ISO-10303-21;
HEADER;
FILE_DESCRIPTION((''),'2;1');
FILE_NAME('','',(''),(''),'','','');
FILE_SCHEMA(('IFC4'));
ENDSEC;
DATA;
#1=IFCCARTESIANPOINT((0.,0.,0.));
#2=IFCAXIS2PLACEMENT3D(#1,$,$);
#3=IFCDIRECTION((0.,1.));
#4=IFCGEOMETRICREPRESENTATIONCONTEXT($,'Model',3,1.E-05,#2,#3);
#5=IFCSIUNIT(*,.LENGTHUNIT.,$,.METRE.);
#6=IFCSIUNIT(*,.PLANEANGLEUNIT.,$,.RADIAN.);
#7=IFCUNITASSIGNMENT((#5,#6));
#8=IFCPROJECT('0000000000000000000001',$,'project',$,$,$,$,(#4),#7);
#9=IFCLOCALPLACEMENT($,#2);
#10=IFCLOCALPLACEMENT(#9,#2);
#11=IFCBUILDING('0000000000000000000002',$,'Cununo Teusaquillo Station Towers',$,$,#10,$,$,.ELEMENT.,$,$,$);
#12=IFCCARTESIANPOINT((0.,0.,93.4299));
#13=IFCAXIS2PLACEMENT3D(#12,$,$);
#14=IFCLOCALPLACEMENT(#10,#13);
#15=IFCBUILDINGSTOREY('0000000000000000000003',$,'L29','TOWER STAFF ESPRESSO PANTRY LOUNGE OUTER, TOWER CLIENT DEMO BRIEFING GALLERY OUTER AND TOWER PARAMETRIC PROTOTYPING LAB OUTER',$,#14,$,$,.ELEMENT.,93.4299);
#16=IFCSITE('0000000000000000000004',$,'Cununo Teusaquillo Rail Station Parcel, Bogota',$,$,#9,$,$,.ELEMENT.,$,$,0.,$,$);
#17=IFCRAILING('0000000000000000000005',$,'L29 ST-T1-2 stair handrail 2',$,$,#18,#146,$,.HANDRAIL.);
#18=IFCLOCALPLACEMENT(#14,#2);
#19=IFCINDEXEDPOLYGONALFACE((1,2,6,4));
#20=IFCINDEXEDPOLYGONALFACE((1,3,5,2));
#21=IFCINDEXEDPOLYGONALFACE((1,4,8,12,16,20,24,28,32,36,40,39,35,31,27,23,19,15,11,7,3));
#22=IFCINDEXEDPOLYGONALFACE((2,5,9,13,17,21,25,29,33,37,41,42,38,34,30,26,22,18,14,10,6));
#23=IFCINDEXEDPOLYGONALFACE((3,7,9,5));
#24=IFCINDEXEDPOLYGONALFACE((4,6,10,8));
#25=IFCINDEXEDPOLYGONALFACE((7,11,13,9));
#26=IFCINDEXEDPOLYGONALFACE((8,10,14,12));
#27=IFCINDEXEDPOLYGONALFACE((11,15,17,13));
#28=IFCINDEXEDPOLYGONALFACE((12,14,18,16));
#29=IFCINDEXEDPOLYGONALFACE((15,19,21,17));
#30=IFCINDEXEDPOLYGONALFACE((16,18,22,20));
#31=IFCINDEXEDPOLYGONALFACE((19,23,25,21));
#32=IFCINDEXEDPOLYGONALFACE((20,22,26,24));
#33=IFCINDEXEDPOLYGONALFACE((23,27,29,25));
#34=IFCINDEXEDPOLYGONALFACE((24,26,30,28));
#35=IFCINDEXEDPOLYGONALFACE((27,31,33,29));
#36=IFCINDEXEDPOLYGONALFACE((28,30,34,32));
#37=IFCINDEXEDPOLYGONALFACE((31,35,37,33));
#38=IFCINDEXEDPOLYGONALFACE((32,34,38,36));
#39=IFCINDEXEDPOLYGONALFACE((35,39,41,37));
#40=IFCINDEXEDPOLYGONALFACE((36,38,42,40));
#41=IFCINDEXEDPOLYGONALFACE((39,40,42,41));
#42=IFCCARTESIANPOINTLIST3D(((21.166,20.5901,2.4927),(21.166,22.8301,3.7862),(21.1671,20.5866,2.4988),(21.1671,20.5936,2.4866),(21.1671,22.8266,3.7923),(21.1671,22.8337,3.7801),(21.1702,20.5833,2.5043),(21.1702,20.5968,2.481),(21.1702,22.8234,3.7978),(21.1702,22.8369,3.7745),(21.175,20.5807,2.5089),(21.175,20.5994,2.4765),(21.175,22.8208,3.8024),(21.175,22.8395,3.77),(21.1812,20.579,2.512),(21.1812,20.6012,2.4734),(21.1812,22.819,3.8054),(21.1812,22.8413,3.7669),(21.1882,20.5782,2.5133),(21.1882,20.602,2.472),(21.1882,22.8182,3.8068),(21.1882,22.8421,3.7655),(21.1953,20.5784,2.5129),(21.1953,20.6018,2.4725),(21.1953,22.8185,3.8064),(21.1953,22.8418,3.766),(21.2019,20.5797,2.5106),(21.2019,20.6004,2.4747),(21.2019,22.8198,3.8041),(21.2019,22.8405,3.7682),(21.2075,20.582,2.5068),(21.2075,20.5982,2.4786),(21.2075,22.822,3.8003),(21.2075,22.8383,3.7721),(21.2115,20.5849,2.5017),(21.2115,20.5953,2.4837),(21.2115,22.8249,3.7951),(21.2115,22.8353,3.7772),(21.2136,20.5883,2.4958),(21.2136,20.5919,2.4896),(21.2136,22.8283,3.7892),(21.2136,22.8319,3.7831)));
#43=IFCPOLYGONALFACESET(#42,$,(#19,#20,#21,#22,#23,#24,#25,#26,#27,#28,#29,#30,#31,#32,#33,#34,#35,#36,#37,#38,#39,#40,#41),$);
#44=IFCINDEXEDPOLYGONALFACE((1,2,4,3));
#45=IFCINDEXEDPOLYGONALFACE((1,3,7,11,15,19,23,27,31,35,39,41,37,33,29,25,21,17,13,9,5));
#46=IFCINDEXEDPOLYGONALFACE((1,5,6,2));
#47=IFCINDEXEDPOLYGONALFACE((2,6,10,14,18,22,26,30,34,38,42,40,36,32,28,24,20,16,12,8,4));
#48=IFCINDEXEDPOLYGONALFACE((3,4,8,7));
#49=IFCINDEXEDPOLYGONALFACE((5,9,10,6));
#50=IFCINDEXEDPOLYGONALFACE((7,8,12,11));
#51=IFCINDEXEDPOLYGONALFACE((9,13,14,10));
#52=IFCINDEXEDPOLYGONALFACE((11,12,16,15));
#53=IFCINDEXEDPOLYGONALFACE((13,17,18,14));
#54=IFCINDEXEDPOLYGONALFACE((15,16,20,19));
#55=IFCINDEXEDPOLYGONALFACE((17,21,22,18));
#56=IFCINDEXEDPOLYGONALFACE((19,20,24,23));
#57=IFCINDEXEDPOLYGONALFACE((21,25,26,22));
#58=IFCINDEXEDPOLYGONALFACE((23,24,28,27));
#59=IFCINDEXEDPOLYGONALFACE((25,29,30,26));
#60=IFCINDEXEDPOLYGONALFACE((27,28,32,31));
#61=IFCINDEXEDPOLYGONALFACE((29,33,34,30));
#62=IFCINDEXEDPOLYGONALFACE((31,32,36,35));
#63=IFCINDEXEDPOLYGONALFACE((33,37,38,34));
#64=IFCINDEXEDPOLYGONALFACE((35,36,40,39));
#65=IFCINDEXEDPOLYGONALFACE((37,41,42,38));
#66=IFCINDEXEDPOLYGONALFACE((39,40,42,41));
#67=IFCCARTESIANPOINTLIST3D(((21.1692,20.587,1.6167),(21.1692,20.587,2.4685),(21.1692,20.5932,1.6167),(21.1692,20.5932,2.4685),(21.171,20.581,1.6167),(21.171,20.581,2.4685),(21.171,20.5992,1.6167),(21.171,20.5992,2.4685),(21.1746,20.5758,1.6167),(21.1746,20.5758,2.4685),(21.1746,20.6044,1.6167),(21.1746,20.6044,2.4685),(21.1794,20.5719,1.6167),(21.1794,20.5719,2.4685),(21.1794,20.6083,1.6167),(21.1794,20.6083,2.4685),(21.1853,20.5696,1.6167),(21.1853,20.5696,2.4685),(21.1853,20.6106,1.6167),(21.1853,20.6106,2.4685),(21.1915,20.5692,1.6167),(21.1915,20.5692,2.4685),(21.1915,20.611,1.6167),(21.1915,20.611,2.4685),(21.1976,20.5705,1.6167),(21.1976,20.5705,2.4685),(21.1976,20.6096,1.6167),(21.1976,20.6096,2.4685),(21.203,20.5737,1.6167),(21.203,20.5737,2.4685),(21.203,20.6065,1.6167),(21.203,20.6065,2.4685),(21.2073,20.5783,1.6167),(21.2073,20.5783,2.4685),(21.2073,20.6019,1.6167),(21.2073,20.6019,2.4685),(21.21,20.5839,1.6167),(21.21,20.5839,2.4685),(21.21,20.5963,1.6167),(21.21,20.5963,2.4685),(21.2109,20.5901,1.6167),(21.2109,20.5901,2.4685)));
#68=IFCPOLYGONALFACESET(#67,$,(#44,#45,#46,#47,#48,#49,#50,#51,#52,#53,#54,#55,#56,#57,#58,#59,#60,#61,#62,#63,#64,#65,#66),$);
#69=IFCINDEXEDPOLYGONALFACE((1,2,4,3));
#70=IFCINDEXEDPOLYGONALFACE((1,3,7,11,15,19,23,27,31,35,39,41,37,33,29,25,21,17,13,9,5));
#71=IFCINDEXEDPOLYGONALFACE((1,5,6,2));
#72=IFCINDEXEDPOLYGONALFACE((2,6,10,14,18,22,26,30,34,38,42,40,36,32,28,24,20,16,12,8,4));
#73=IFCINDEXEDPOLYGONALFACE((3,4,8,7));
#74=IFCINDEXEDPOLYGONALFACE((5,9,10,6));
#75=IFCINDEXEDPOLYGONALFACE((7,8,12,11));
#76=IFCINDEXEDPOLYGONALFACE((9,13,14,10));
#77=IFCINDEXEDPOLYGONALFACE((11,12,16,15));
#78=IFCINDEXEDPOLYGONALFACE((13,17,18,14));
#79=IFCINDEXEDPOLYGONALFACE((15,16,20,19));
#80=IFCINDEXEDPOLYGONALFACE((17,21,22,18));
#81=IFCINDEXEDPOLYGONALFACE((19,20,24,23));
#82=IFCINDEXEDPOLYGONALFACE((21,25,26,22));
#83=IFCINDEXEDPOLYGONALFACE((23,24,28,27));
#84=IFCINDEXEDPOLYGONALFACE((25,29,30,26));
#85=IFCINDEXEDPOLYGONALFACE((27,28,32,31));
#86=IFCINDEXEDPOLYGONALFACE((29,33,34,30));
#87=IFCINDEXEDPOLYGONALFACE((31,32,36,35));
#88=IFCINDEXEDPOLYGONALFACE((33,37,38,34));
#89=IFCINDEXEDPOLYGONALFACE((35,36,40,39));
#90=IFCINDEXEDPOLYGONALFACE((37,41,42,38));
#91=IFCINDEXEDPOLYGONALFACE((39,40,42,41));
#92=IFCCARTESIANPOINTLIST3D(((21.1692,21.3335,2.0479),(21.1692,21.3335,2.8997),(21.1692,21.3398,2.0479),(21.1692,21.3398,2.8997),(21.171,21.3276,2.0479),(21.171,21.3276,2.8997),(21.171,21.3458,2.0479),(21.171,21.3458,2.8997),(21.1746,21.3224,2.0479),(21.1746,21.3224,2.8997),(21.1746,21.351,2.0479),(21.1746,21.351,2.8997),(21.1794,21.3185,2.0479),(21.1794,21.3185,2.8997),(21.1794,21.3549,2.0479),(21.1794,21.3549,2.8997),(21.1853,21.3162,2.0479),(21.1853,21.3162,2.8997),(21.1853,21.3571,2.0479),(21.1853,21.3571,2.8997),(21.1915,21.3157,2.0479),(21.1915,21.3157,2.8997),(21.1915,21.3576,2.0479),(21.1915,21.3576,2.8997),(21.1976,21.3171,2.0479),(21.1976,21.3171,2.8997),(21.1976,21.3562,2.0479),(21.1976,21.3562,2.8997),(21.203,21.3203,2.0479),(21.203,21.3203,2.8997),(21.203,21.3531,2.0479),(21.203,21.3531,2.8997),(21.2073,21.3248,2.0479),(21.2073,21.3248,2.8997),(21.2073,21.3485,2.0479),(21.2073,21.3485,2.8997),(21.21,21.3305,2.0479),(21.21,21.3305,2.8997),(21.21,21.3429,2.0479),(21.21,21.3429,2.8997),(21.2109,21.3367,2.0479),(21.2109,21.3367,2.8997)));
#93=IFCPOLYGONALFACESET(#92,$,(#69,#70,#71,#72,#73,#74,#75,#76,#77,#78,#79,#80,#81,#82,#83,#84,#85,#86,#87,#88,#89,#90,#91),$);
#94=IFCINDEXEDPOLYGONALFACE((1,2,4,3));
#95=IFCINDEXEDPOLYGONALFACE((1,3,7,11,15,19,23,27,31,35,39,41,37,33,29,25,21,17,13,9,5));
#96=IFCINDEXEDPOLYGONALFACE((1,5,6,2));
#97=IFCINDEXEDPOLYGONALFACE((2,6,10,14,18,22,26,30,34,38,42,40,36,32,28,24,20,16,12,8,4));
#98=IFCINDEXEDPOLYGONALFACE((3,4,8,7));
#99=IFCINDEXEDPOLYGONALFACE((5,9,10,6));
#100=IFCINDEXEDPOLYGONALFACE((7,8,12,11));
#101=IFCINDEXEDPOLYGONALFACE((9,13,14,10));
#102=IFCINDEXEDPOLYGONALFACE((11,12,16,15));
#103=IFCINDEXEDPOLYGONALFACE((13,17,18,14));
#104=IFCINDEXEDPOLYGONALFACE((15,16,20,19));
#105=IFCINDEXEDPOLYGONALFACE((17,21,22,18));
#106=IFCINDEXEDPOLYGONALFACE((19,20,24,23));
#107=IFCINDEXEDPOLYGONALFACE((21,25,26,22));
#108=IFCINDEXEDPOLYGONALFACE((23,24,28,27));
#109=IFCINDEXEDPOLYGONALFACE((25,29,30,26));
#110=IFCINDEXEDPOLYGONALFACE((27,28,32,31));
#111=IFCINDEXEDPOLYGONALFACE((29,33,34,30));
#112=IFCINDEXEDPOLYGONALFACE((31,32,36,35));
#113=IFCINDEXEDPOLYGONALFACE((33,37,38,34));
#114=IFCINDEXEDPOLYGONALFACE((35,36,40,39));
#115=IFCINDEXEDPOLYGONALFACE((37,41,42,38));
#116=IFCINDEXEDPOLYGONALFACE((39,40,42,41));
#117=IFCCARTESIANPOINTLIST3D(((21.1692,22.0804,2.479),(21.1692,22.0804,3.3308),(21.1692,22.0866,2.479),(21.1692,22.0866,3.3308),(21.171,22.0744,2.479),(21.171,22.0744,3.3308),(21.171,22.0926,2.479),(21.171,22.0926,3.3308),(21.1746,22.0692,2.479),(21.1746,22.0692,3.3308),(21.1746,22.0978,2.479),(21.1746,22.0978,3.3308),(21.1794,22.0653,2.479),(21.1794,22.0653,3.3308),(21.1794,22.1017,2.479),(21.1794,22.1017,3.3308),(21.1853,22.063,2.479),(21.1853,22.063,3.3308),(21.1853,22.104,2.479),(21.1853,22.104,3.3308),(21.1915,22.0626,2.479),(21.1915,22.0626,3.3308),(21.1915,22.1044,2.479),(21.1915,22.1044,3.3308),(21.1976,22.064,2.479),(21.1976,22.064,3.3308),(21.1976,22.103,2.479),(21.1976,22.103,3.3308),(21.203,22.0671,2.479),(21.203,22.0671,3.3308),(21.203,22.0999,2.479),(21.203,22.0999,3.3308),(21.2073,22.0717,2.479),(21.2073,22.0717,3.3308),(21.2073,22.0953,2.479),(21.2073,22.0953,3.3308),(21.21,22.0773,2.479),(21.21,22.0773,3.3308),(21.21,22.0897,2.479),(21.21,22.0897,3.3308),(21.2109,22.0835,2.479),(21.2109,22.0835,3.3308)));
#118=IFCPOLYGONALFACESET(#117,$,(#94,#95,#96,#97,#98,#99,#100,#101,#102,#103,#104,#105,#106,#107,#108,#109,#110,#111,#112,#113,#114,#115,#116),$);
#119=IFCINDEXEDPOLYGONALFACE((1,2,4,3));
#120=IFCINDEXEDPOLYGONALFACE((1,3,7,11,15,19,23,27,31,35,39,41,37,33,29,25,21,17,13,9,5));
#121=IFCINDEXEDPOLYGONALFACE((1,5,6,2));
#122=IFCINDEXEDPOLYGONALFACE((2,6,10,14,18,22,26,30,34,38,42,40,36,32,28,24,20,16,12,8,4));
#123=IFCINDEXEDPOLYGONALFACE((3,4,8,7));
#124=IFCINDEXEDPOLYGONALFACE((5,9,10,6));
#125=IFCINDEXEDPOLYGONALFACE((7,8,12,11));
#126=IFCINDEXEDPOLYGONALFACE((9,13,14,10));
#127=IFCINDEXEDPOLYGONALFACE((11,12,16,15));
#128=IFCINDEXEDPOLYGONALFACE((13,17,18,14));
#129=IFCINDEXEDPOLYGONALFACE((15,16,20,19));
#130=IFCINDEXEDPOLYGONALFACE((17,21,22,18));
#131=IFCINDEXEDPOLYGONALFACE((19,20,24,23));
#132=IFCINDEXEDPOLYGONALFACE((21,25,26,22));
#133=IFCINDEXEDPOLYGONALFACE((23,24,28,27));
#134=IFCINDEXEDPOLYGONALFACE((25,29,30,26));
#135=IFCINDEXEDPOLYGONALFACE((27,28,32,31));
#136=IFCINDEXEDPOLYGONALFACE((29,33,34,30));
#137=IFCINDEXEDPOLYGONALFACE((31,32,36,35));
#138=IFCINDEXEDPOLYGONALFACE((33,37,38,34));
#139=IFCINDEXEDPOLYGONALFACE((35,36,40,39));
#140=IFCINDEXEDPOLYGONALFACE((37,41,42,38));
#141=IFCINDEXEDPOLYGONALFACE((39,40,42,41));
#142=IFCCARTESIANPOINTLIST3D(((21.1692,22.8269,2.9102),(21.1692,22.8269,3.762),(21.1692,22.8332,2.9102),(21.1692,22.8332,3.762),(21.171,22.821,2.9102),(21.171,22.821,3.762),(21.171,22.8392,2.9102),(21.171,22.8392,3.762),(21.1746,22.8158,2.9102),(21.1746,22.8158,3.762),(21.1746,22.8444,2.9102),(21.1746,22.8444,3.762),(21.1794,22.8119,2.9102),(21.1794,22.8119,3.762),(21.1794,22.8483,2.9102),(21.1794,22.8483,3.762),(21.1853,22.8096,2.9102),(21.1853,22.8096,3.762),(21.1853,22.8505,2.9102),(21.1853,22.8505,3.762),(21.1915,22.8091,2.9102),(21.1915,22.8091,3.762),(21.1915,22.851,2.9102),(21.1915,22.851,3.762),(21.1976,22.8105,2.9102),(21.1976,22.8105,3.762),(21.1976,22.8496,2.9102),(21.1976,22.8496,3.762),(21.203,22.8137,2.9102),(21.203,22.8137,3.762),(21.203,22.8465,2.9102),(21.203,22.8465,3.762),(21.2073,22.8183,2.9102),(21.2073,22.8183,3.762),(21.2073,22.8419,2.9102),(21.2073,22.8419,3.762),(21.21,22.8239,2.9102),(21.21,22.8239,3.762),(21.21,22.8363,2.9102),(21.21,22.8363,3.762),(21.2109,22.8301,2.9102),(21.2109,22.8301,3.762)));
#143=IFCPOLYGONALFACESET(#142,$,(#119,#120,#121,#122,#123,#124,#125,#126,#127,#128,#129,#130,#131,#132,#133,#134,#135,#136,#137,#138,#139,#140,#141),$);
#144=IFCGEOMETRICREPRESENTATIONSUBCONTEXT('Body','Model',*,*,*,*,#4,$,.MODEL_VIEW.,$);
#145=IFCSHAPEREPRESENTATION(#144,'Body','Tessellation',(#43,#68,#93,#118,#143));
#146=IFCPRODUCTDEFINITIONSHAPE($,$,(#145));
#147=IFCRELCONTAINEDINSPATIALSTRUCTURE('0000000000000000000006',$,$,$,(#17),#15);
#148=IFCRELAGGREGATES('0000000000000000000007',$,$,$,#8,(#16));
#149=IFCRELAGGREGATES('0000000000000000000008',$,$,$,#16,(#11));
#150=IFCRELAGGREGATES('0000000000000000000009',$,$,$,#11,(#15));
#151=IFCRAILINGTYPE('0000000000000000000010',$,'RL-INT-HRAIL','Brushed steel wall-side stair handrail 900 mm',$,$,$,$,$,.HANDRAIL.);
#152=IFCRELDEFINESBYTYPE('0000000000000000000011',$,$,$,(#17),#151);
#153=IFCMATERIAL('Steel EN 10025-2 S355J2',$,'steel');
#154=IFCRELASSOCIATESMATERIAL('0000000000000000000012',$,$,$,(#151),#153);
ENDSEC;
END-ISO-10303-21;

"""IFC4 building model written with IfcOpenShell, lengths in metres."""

from ifc_helpers import new_model, si_unit, direction, frame, origin, origin_2d, place, context, subcontext, project, spatial, circle, extrude, material, type_object, element, save


model = new_model("IFC4")

# Units and contexts
model_context = context("Model", 3, precision=1e-05, world=origin(), true_north=direction((0.0, 1.0)))
body_context = subcontext(model_context, "Body", "Model", "MODEL_VIEW")
ifc_project = project(units=[si_unit("LENGTHUNIT", "METRE"), si_unit("PLANEANGLEUNIT", "RADIAN")], contexts=[model_context])

# Site, building, storey
site_placement = place(None, origin())
site = spatial("IfcSite", under=ifc_project, at=site_placement, Name="Cununo Teusaquillo Rail Station Parcel, Bogota", CompositionType="ELEMENT", RefElevation=0.0)
building_placement = place(site_placement, origin())
building = spatial("IfcBuilding", under=site, at=building_placement, Name="Cununo Teusaquillo Station Towers", CompositionType="ELEMENT")
storey_placement = place(building_placement, frame((0.0, 0.0, 93.4299)))
storey = spatial("IfcBuildingStorey", under=building, at=storey_placement, Name="L29", Description="TOWER STAFF ESPRESSO PANTRY LOUNGE OUTER, TOWER CLIENT DEMO BRIEFING GALLERY OUTER AND TOWER PARAMETRIC PROTOTYPING LAB OUTER", CompositionType="ELEMENT", Elevation=93.4299)

# Railing
ifc_material_1 = material(Name="Steel EN 10025-2 S355J2", Category="steel")
railing_type_1 = type_object("IfcRailingType", Name="RL-INT-HRAIL", Description="Brushed steel wall-side stair handrail 900 mm", PredefinedType="HANDRAIL", material=ifc_material_1)
railing_1_placement = place(storey_placement, frame((21.1899, 20.5901, 1.6167)))
element("IfcRailing", 1, at=railing_1_placement, inside=storey, type_object=railing_type_1, Name="L29 ST-T1-2 stair handrail 2", PredefinedType="HANDRAIL", context=body_context, shape_type="SweptSolid", body=[
    extrude(circle(Radius=0.0239, at=origin_2d()), frame((0.0, 0.0, 0.876), z_axis=(0.0, 0.865992, 0.500057), x_axis=(-1.0, 0.0, 0.0)), (0.0, 0.0, 1.0), 2.5867),
    extrude(circle(Radius=0.021, at=origin_2d()), origin(), (0.0, 0.0, 1.0), 0.8518),
    extrude(circle(Radius=0.021, at=origin_2d()), frame((0.0, 0.7466, 0.4312)), (0.0, 0.0, 1.0), 0.8518),
    extrude(circle(Radius=0.021, at=origin_2d()), frame((0.0, 1.4934, 0.8623)), (0.0, 0.0, 1.0), 0.8518),
    extrude(circle(Radius=0.021, at=origin_2d()), frame((0.0, 2.24, 1.2935)), (0.0, 0.0, 1.0), 0.8518),
])

save(model, "model.ifc")
